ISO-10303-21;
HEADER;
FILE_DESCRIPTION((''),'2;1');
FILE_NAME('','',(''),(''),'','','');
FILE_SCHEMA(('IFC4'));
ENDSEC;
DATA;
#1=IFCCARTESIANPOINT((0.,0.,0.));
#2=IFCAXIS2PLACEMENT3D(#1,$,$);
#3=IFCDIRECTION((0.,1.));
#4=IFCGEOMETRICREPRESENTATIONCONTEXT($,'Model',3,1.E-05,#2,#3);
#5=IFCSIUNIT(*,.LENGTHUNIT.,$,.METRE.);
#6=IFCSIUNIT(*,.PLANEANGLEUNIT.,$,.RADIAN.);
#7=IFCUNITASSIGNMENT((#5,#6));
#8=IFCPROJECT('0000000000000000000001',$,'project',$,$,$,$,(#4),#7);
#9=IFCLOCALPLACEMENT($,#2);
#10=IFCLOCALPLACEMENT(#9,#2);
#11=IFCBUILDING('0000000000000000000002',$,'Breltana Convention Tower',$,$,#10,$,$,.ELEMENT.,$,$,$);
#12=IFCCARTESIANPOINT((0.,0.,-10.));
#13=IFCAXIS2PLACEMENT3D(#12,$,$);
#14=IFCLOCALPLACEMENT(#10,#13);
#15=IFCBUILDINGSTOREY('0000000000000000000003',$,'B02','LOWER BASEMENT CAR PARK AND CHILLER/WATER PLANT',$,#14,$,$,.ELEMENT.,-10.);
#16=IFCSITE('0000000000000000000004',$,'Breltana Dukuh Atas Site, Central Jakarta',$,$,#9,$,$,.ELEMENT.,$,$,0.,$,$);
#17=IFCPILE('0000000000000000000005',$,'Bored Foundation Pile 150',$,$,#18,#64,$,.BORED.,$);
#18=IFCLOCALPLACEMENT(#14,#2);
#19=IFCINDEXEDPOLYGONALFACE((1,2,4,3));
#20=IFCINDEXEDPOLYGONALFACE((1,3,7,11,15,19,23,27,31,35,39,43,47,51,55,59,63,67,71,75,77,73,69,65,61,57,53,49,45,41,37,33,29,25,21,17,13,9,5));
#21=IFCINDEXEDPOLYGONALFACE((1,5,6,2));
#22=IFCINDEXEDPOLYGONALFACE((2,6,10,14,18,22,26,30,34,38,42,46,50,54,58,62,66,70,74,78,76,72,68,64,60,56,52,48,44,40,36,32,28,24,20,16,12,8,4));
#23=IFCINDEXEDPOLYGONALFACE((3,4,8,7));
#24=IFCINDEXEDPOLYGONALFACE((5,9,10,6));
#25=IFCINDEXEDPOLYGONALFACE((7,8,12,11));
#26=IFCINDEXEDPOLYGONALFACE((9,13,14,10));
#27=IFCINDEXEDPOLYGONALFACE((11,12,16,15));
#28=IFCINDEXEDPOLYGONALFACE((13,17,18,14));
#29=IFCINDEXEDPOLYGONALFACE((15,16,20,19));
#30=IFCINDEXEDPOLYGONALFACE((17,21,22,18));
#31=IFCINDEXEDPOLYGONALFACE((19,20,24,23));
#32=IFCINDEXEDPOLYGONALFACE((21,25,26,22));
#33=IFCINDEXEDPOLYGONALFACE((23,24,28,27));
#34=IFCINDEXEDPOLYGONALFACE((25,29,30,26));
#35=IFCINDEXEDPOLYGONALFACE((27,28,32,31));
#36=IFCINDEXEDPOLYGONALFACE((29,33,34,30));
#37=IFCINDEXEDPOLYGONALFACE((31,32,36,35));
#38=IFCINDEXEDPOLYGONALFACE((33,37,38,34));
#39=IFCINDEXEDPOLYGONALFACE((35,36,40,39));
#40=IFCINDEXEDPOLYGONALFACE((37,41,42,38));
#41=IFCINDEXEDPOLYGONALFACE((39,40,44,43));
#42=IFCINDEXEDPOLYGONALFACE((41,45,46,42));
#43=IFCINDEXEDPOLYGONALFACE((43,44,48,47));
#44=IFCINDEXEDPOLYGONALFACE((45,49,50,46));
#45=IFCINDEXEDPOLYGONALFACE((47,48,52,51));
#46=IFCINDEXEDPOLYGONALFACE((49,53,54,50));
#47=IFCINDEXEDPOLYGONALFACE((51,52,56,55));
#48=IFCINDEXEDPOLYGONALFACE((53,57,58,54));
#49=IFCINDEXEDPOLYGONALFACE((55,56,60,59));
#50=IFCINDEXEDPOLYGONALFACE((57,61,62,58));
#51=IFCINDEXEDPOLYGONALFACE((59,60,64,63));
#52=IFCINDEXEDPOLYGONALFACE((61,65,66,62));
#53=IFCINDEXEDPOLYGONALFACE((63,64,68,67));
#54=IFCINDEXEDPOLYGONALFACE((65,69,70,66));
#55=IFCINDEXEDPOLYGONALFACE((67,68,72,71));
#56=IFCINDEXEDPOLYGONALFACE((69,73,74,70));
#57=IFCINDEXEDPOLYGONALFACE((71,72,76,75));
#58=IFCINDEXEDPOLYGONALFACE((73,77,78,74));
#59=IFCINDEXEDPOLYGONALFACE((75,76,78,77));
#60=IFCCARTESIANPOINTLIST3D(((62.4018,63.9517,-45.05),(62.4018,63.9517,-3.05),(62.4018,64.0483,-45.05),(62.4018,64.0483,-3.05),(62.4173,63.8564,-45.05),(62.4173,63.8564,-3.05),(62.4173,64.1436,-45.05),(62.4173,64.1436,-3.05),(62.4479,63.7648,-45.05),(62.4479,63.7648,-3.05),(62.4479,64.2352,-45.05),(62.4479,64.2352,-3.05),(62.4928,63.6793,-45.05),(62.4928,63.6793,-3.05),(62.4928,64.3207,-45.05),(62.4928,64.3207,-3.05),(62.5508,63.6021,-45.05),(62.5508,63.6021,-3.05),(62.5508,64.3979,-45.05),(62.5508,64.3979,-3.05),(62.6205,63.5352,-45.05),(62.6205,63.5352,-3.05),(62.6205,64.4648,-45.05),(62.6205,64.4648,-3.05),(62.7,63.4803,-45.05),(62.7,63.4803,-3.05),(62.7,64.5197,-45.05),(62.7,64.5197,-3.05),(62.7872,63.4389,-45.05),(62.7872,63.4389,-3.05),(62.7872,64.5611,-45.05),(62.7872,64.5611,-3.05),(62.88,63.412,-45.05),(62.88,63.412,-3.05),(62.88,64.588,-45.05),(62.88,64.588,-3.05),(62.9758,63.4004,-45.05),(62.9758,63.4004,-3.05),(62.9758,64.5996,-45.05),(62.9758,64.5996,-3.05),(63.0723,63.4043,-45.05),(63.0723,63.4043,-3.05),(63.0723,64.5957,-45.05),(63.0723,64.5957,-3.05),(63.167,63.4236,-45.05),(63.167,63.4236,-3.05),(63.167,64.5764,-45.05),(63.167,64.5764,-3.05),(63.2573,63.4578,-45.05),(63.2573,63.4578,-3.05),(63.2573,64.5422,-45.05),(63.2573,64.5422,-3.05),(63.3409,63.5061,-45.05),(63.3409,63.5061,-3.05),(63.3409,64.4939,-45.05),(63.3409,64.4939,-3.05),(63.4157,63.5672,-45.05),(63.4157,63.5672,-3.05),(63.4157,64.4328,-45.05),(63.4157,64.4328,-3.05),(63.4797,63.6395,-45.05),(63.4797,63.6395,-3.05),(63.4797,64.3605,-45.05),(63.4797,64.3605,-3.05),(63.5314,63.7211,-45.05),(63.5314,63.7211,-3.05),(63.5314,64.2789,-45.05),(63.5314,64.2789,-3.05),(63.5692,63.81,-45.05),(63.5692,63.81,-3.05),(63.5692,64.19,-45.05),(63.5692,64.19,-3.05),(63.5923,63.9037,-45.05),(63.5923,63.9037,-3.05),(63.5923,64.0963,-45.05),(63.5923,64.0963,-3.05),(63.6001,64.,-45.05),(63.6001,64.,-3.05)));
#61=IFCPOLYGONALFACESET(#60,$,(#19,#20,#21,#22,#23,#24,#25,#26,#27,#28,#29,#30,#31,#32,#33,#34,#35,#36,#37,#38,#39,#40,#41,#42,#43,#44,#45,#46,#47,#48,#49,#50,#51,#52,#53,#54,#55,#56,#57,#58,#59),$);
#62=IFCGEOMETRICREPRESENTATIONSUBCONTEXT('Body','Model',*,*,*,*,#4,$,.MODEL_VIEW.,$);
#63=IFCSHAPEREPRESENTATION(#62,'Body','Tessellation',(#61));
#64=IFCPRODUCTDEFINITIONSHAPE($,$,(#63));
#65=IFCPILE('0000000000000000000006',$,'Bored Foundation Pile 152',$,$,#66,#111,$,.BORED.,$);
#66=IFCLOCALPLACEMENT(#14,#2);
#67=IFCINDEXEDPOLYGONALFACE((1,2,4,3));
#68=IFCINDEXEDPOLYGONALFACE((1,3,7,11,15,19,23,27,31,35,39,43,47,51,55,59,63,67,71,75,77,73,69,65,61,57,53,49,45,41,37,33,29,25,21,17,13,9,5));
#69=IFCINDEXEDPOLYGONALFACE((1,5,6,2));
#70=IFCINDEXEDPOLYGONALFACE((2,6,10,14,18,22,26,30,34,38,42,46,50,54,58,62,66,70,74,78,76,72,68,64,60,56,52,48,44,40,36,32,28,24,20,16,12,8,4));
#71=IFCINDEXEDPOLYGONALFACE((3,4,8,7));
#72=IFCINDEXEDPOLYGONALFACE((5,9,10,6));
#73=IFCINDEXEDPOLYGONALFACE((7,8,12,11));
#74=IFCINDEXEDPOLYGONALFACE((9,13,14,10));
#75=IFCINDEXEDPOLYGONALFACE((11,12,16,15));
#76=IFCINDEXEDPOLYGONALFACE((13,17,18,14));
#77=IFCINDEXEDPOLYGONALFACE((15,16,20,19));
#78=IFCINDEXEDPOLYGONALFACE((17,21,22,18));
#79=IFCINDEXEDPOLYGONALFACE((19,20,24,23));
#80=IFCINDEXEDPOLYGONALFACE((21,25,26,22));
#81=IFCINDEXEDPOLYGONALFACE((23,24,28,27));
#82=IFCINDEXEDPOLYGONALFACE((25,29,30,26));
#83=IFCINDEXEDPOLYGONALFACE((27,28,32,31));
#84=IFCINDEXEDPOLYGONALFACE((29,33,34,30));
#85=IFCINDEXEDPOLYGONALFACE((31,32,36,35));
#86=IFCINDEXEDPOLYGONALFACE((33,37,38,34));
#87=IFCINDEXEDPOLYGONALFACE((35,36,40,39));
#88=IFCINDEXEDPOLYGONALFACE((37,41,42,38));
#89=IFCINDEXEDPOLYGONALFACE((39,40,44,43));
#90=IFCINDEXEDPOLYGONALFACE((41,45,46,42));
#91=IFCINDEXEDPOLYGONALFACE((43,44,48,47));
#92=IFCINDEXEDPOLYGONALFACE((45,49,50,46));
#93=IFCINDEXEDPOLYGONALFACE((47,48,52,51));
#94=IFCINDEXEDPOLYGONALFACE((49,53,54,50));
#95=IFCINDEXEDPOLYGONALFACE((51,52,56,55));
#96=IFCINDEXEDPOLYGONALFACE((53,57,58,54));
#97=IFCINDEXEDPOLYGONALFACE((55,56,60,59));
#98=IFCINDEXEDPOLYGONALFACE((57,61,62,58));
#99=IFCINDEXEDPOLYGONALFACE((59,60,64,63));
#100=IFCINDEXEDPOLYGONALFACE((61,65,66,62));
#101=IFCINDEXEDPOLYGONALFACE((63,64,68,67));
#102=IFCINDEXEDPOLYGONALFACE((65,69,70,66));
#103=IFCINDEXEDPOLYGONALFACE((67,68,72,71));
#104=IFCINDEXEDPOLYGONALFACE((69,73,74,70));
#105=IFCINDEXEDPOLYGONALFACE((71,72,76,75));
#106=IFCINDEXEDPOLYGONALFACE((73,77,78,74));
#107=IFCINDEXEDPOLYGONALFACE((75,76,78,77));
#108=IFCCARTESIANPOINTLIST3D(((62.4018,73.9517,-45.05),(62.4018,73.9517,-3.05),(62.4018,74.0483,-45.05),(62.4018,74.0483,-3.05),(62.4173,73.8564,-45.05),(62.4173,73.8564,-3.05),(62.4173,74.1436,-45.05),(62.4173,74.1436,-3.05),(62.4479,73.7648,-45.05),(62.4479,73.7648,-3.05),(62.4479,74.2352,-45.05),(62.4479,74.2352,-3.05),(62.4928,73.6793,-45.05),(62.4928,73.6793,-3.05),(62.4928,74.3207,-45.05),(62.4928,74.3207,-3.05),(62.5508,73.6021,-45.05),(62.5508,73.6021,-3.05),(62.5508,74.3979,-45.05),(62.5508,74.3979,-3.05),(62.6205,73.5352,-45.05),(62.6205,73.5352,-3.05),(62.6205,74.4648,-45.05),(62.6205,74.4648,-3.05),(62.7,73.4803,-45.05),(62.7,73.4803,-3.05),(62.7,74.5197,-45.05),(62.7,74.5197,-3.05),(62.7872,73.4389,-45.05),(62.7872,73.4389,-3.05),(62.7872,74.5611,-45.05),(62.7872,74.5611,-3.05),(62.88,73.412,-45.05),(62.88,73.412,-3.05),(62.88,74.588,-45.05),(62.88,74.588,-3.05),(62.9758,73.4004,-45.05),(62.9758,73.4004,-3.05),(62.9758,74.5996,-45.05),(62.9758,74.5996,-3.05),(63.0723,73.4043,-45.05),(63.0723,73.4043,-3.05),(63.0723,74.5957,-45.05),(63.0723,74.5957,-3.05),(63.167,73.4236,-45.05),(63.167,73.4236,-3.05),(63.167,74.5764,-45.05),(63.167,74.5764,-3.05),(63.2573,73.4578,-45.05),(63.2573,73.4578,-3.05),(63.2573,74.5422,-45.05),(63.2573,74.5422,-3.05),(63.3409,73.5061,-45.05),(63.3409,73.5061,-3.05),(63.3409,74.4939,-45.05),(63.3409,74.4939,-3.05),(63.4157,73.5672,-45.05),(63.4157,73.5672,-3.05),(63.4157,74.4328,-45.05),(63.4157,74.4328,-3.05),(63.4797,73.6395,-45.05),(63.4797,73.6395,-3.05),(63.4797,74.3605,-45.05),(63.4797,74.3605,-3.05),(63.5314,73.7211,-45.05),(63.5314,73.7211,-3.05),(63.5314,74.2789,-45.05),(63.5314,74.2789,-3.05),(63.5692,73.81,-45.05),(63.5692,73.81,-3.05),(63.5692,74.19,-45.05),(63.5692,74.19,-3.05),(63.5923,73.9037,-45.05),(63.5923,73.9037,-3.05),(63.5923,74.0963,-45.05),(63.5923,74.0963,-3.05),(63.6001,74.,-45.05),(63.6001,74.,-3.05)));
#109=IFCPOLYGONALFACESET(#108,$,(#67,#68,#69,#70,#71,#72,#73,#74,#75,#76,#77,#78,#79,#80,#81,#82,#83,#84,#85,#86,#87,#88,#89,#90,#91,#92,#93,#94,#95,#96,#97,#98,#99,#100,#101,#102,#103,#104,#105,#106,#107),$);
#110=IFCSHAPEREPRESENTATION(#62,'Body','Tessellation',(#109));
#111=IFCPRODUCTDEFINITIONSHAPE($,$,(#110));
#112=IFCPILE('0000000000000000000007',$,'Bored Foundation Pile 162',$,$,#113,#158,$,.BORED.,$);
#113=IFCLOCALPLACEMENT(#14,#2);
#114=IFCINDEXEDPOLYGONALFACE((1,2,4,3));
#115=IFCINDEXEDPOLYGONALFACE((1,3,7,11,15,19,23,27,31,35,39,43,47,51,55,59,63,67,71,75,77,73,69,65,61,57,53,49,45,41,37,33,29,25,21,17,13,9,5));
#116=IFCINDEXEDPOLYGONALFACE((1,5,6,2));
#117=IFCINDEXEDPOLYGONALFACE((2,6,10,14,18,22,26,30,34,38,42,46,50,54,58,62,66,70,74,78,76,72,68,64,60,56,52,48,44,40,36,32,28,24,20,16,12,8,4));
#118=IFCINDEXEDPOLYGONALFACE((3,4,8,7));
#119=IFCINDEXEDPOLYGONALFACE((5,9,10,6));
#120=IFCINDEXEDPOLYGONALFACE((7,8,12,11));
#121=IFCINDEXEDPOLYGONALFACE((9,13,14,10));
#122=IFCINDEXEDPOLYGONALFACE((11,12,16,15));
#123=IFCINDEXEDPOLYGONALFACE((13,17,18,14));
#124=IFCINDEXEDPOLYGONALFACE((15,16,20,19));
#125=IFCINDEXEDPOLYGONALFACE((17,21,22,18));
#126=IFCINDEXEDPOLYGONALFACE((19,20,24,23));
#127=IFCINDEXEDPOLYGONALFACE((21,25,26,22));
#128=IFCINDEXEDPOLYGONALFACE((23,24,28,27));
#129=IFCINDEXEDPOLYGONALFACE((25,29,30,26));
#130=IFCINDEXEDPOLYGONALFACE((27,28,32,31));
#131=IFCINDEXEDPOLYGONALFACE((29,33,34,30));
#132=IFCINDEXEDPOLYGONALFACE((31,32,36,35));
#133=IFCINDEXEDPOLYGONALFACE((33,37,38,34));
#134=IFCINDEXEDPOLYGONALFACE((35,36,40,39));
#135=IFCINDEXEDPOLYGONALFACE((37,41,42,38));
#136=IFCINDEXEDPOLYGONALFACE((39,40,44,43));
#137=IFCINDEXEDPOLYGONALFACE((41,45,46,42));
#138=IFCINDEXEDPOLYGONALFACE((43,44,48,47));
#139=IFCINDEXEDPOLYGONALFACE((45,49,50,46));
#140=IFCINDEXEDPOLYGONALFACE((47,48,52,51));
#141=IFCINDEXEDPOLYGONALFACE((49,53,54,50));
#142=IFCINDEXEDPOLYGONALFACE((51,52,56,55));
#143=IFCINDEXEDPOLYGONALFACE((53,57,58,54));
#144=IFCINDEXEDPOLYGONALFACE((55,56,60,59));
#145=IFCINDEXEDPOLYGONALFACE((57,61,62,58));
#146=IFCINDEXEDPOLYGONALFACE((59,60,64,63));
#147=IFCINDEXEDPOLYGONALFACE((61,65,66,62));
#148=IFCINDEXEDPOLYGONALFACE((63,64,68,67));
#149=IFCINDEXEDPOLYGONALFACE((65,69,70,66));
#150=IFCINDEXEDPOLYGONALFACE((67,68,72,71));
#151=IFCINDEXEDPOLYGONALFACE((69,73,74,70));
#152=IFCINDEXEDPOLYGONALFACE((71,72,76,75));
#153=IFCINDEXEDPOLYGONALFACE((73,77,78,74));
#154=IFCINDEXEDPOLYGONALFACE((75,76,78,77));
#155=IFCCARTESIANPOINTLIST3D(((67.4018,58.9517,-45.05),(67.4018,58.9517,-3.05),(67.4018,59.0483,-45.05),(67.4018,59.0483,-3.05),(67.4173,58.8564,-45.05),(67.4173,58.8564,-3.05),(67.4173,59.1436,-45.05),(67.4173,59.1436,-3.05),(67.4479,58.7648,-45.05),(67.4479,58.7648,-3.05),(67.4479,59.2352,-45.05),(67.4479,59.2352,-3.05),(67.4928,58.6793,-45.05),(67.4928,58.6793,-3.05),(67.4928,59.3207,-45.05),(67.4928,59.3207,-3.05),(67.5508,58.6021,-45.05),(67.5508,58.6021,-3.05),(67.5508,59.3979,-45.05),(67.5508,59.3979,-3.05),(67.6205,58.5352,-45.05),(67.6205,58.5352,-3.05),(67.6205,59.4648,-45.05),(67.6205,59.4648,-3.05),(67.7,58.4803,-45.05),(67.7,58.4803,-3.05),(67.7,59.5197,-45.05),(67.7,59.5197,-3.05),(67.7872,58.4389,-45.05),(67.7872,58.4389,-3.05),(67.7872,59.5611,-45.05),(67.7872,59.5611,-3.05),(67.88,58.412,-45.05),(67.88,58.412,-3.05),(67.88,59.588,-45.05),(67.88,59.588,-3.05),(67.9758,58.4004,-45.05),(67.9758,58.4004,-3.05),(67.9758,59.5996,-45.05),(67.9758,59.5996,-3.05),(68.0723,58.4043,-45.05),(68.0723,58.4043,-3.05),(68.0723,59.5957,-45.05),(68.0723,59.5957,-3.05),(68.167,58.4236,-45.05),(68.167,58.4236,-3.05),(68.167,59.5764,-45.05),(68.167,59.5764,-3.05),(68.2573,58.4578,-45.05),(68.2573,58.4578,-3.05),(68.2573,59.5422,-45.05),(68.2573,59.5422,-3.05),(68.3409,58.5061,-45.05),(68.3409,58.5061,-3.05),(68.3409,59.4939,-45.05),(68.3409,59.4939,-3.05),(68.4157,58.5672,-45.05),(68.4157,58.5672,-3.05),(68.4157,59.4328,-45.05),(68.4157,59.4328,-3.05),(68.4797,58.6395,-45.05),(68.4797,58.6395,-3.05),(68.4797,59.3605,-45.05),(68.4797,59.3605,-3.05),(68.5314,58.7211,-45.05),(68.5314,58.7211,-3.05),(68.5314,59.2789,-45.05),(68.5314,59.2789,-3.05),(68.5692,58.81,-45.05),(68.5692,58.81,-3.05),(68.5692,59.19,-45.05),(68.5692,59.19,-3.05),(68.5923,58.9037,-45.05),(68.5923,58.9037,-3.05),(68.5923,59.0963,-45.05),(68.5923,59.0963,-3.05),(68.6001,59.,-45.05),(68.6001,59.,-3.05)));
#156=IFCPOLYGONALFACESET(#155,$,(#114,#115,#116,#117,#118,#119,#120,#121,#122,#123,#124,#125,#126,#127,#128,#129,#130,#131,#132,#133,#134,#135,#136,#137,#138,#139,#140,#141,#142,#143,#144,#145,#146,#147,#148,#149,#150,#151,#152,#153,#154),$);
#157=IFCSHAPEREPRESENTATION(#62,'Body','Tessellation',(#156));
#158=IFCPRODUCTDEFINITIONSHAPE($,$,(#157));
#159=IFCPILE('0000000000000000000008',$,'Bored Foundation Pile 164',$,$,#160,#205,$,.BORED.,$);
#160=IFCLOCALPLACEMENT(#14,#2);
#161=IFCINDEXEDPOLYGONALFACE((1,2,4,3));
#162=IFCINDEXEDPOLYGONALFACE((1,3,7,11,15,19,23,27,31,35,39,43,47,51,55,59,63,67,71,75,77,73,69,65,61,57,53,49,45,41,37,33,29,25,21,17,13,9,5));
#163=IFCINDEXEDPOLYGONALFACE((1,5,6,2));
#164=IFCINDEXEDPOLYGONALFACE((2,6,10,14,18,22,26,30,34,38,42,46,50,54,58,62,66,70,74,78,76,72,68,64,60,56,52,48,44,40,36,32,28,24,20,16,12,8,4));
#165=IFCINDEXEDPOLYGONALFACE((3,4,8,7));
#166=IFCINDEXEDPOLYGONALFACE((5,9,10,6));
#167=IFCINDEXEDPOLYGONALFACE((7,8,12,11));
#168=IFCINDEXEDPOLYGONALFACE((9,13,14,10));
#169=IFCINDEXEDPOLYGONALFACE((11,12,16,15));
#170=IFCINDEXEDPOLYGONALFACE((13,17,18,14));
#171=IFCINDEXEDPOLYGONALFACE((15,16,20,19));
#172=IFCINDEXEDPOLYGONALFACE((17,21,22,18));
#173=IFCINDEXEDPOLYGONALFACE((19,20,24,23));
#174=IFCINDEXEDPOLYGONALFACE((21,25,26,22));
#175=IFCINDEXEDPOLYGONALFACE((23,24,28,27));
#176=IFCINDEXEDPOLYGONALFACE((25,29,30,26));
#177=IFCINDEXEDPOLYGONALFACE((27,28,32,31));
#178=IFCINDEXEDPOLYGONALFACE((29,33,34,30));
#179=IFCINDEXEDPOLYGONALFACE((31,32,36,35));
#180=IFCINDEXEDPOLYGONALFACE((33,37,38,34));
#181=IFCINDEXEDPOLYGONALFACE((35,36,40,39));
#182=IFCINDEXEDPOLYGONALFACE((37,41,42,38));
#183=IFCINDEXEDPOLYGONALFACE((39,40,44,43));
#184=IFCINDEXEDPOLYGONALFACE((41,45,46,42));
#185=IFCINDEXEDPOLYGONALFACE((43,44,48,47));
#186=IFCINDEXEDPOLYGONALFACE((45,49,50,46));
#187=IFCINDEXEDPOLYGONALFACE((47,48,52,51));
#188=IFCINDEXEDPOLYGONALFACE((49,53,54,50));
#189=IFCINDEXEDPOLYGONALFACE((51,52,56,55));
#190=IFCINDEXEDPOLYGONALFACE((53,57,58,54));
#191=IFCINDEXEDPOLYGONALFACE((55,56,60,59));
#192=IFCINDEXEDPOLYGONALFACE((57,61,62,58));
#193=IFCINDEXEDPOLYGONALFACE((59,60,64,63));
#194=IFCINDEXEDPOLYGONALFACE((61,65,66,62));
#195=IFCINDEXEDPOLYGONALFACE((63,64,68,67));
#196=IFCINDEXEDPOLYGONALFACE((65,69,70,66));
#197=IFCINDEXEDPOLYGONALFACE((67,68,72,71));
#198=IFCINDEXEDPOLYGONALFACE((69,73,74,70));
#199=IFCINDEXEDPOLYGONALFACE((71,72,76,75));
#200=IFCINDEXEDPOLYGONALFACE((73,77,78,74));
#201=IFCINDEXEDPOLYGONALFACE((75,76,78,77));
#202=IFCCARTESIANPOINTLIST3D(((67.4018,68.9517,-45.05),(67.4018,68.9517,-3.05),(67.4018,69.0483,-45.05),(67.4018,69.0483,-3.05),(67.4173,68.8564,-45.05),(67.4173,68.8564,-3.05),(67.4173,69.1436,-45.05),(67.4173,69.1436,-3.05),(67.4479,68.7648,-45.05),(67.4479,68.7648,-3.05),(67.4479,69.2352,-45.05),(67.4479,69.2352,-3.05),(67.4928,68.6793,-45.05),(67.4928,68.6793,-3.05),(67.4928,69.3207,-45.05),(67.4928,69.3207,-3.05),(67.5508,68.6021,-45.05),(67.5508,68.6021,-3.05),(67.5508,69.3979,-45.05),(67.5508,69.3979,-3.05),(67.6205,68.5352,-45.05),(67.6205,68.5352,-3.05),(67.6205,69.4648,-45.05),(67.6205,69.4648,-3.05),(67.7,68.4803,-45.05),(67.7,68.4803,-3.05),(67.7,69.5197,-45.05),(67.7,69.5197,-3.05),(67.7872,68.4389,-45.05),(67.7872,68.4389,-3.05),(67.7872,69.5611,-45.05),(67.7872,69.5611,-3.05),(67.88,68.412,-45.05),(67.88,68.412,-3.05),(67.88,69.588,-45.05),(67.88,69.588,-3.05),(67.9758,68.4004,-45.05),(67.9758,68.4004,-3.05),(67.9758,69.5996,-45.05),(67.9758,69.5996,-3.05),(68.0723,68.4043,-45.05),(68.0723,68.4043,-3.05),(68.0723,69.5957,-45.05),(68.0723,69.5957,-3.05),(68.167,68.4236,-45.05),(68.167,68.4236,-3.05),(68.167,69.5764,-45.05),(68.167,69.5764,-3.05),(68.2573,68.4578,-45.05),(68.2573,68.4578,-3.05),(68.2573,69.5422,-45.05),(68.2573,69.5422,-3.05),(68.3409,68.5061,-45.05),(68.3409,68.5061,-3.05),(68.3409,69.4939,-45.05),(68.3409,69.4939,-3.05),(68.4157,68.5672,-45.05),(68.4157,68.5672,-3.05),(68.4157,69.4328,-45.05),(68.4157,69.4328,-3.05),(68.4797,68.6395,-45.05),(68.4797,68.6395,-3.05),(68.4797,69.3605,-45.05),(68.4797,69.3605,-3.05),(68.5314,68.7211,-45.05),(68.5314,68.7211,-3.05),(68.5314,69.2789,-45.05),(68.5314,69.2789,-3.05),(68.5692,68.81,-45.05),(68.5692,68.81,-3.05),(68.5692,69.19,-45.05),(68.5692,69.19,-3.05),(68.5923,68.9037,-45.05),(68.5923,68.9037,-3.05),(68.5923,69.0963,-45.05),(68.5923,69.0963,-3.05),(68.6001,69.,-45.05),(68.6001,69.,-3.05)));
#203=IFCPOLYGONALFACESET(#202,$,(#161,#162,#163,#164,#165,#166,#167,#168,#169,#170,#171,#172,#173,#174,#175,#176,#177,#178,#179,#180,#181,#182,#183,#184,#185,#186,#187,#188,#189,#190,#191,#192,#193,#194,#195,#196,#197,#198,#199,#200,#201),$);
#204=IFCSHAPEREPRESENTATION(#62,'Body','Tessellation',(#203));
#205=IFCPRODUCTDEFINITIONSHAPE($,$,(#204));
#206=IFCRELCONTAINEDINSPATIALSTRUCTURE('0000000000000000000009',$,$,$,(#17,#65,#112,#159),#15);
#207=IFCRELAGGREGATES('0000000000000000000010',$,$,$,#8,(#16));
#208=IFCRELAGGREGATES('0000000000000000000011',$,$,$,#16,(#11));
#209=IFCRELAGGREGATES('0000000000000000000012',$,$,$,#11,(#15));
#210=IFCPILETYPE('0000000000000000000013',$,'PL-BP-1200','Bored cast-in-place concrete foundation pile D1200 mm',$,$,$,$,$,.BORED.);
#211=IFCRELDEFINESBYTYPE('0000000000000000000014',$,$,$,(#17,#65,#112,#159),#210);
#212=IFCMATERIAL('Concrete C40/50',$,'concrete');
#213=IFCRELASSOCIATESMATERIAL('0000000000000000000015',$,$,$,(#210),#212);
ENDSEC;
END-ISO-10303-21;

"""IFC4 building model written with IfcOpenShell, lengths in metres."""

from ifc_helpers import new_model, si_unit, direction, frame, origin, origin_2d, place, context, subcontext, project, spatial, circle, extrude, source, transform, mapped, material, material_profile, profile_set, type_object, type_shapes, element, save


model = new_model("IFC4")

# Units and contexts
model_context = context("Model", 3, precision=1e-05, world=origin(), true_north=direction((0.0, 1.0)))
body_context = subcontext(model_context, "Body", "Model", "MODEL_VIEW")
ifc_project = project(units=[si_unit("LENGTHUNIT", "METRE"), si_unit("PLANEANGLEUNIT", "RADIAN")], contexts=[model_context])

# Site, building, storey
site_placement = place(None, origin())
site = spatial("IfcSite", under=ifc_project, at=site_placement, Name="Breltana Dukuh Atas Site, Central Jakarta", CompositionType="ELEMENT", RefElevation=0.0)
building_placement = place(site_placement, origin())
building = spatial("IfcBuilding", under=site, at=building_placement, Name="Breltana Convention Tower", CompositionType="ELEMENT")
storey_placement = place(building_placement, frame((0.0, 0.0, -10.0)))
storey = spatial("IfcBuildingStorey", under=building, at=storey_placement, Name="B02", Description="LOWER BASEMENT CAR PARK AND CHILLER/WATER PLANT", CompositionType="ELEMENT", Elevation=-10.0)

# Piles
ifc_material_1 = material(Name="Concrete C40/50", Category="concrete")
ifc_material_profile_1 = material_profile(ifc_material_1, circle(Radius=0.6001, at=origin_2d()), Name="BP-D1200")
ifc_profile_set_1 = profile_set([ifc_material_profile_1], Name="Concrete C40/50")
pile_type_1 = type_object("IfcPileType", Name="PL-BP-1200", Description="Bored cast-in-place concrete foundation pile D1200 mm", PredefinedType="BORED", material=ifc_profile_set_1)
shared_shape_1 = source(origin(), body_context, "Body", "SweptSolid", [
    extrude(circle(Radius=0.6001, at=origin_2d()), origin(), (0.0, 0.0, 1.0), 42.0),
])
type_shapes(pile_type_1, [shared_shape_1])
for number, where, z_axis, x_axis, name in (
    (1, (63.0, 64.0, -3.05), (0.0, 0.0, -1.0), (1.0, 0.0, 0.0), "Bored Foundation Pile 150"),
    (2, (63.0, 74.0, -3.05), (0.0, 0.0, -1.0), (1.0, 0.0, 0.0), "Bored Foundation Pile 152"),
    (3, (68.0, 59.0, -3.05), (0.0, 0.0, -1.0), (1.0, 0.0, 0.0), "Bored Foundation Pile 162"),
    (4, (68.0, 69.0, -3.05), (0.0, 0.0, -1.0), (1.0, 0.0, 0.0), "Bored Foundation Pile 164"),
):
    element("IfcPile", number, at=place(storey_placement, frame(where, z_axis=z_axis, x_axis=x_axis)), inside=storey, type_object=pile_type_1, Name=name, PredefinedType="BORED", context=body_context, shape_type="MappedRepresentation", body=[
        mapped(shared_shape_1, transform((0.0, 0.0, 0.0), scale=1.0)),
    ])

save(model, "model.ifc")
